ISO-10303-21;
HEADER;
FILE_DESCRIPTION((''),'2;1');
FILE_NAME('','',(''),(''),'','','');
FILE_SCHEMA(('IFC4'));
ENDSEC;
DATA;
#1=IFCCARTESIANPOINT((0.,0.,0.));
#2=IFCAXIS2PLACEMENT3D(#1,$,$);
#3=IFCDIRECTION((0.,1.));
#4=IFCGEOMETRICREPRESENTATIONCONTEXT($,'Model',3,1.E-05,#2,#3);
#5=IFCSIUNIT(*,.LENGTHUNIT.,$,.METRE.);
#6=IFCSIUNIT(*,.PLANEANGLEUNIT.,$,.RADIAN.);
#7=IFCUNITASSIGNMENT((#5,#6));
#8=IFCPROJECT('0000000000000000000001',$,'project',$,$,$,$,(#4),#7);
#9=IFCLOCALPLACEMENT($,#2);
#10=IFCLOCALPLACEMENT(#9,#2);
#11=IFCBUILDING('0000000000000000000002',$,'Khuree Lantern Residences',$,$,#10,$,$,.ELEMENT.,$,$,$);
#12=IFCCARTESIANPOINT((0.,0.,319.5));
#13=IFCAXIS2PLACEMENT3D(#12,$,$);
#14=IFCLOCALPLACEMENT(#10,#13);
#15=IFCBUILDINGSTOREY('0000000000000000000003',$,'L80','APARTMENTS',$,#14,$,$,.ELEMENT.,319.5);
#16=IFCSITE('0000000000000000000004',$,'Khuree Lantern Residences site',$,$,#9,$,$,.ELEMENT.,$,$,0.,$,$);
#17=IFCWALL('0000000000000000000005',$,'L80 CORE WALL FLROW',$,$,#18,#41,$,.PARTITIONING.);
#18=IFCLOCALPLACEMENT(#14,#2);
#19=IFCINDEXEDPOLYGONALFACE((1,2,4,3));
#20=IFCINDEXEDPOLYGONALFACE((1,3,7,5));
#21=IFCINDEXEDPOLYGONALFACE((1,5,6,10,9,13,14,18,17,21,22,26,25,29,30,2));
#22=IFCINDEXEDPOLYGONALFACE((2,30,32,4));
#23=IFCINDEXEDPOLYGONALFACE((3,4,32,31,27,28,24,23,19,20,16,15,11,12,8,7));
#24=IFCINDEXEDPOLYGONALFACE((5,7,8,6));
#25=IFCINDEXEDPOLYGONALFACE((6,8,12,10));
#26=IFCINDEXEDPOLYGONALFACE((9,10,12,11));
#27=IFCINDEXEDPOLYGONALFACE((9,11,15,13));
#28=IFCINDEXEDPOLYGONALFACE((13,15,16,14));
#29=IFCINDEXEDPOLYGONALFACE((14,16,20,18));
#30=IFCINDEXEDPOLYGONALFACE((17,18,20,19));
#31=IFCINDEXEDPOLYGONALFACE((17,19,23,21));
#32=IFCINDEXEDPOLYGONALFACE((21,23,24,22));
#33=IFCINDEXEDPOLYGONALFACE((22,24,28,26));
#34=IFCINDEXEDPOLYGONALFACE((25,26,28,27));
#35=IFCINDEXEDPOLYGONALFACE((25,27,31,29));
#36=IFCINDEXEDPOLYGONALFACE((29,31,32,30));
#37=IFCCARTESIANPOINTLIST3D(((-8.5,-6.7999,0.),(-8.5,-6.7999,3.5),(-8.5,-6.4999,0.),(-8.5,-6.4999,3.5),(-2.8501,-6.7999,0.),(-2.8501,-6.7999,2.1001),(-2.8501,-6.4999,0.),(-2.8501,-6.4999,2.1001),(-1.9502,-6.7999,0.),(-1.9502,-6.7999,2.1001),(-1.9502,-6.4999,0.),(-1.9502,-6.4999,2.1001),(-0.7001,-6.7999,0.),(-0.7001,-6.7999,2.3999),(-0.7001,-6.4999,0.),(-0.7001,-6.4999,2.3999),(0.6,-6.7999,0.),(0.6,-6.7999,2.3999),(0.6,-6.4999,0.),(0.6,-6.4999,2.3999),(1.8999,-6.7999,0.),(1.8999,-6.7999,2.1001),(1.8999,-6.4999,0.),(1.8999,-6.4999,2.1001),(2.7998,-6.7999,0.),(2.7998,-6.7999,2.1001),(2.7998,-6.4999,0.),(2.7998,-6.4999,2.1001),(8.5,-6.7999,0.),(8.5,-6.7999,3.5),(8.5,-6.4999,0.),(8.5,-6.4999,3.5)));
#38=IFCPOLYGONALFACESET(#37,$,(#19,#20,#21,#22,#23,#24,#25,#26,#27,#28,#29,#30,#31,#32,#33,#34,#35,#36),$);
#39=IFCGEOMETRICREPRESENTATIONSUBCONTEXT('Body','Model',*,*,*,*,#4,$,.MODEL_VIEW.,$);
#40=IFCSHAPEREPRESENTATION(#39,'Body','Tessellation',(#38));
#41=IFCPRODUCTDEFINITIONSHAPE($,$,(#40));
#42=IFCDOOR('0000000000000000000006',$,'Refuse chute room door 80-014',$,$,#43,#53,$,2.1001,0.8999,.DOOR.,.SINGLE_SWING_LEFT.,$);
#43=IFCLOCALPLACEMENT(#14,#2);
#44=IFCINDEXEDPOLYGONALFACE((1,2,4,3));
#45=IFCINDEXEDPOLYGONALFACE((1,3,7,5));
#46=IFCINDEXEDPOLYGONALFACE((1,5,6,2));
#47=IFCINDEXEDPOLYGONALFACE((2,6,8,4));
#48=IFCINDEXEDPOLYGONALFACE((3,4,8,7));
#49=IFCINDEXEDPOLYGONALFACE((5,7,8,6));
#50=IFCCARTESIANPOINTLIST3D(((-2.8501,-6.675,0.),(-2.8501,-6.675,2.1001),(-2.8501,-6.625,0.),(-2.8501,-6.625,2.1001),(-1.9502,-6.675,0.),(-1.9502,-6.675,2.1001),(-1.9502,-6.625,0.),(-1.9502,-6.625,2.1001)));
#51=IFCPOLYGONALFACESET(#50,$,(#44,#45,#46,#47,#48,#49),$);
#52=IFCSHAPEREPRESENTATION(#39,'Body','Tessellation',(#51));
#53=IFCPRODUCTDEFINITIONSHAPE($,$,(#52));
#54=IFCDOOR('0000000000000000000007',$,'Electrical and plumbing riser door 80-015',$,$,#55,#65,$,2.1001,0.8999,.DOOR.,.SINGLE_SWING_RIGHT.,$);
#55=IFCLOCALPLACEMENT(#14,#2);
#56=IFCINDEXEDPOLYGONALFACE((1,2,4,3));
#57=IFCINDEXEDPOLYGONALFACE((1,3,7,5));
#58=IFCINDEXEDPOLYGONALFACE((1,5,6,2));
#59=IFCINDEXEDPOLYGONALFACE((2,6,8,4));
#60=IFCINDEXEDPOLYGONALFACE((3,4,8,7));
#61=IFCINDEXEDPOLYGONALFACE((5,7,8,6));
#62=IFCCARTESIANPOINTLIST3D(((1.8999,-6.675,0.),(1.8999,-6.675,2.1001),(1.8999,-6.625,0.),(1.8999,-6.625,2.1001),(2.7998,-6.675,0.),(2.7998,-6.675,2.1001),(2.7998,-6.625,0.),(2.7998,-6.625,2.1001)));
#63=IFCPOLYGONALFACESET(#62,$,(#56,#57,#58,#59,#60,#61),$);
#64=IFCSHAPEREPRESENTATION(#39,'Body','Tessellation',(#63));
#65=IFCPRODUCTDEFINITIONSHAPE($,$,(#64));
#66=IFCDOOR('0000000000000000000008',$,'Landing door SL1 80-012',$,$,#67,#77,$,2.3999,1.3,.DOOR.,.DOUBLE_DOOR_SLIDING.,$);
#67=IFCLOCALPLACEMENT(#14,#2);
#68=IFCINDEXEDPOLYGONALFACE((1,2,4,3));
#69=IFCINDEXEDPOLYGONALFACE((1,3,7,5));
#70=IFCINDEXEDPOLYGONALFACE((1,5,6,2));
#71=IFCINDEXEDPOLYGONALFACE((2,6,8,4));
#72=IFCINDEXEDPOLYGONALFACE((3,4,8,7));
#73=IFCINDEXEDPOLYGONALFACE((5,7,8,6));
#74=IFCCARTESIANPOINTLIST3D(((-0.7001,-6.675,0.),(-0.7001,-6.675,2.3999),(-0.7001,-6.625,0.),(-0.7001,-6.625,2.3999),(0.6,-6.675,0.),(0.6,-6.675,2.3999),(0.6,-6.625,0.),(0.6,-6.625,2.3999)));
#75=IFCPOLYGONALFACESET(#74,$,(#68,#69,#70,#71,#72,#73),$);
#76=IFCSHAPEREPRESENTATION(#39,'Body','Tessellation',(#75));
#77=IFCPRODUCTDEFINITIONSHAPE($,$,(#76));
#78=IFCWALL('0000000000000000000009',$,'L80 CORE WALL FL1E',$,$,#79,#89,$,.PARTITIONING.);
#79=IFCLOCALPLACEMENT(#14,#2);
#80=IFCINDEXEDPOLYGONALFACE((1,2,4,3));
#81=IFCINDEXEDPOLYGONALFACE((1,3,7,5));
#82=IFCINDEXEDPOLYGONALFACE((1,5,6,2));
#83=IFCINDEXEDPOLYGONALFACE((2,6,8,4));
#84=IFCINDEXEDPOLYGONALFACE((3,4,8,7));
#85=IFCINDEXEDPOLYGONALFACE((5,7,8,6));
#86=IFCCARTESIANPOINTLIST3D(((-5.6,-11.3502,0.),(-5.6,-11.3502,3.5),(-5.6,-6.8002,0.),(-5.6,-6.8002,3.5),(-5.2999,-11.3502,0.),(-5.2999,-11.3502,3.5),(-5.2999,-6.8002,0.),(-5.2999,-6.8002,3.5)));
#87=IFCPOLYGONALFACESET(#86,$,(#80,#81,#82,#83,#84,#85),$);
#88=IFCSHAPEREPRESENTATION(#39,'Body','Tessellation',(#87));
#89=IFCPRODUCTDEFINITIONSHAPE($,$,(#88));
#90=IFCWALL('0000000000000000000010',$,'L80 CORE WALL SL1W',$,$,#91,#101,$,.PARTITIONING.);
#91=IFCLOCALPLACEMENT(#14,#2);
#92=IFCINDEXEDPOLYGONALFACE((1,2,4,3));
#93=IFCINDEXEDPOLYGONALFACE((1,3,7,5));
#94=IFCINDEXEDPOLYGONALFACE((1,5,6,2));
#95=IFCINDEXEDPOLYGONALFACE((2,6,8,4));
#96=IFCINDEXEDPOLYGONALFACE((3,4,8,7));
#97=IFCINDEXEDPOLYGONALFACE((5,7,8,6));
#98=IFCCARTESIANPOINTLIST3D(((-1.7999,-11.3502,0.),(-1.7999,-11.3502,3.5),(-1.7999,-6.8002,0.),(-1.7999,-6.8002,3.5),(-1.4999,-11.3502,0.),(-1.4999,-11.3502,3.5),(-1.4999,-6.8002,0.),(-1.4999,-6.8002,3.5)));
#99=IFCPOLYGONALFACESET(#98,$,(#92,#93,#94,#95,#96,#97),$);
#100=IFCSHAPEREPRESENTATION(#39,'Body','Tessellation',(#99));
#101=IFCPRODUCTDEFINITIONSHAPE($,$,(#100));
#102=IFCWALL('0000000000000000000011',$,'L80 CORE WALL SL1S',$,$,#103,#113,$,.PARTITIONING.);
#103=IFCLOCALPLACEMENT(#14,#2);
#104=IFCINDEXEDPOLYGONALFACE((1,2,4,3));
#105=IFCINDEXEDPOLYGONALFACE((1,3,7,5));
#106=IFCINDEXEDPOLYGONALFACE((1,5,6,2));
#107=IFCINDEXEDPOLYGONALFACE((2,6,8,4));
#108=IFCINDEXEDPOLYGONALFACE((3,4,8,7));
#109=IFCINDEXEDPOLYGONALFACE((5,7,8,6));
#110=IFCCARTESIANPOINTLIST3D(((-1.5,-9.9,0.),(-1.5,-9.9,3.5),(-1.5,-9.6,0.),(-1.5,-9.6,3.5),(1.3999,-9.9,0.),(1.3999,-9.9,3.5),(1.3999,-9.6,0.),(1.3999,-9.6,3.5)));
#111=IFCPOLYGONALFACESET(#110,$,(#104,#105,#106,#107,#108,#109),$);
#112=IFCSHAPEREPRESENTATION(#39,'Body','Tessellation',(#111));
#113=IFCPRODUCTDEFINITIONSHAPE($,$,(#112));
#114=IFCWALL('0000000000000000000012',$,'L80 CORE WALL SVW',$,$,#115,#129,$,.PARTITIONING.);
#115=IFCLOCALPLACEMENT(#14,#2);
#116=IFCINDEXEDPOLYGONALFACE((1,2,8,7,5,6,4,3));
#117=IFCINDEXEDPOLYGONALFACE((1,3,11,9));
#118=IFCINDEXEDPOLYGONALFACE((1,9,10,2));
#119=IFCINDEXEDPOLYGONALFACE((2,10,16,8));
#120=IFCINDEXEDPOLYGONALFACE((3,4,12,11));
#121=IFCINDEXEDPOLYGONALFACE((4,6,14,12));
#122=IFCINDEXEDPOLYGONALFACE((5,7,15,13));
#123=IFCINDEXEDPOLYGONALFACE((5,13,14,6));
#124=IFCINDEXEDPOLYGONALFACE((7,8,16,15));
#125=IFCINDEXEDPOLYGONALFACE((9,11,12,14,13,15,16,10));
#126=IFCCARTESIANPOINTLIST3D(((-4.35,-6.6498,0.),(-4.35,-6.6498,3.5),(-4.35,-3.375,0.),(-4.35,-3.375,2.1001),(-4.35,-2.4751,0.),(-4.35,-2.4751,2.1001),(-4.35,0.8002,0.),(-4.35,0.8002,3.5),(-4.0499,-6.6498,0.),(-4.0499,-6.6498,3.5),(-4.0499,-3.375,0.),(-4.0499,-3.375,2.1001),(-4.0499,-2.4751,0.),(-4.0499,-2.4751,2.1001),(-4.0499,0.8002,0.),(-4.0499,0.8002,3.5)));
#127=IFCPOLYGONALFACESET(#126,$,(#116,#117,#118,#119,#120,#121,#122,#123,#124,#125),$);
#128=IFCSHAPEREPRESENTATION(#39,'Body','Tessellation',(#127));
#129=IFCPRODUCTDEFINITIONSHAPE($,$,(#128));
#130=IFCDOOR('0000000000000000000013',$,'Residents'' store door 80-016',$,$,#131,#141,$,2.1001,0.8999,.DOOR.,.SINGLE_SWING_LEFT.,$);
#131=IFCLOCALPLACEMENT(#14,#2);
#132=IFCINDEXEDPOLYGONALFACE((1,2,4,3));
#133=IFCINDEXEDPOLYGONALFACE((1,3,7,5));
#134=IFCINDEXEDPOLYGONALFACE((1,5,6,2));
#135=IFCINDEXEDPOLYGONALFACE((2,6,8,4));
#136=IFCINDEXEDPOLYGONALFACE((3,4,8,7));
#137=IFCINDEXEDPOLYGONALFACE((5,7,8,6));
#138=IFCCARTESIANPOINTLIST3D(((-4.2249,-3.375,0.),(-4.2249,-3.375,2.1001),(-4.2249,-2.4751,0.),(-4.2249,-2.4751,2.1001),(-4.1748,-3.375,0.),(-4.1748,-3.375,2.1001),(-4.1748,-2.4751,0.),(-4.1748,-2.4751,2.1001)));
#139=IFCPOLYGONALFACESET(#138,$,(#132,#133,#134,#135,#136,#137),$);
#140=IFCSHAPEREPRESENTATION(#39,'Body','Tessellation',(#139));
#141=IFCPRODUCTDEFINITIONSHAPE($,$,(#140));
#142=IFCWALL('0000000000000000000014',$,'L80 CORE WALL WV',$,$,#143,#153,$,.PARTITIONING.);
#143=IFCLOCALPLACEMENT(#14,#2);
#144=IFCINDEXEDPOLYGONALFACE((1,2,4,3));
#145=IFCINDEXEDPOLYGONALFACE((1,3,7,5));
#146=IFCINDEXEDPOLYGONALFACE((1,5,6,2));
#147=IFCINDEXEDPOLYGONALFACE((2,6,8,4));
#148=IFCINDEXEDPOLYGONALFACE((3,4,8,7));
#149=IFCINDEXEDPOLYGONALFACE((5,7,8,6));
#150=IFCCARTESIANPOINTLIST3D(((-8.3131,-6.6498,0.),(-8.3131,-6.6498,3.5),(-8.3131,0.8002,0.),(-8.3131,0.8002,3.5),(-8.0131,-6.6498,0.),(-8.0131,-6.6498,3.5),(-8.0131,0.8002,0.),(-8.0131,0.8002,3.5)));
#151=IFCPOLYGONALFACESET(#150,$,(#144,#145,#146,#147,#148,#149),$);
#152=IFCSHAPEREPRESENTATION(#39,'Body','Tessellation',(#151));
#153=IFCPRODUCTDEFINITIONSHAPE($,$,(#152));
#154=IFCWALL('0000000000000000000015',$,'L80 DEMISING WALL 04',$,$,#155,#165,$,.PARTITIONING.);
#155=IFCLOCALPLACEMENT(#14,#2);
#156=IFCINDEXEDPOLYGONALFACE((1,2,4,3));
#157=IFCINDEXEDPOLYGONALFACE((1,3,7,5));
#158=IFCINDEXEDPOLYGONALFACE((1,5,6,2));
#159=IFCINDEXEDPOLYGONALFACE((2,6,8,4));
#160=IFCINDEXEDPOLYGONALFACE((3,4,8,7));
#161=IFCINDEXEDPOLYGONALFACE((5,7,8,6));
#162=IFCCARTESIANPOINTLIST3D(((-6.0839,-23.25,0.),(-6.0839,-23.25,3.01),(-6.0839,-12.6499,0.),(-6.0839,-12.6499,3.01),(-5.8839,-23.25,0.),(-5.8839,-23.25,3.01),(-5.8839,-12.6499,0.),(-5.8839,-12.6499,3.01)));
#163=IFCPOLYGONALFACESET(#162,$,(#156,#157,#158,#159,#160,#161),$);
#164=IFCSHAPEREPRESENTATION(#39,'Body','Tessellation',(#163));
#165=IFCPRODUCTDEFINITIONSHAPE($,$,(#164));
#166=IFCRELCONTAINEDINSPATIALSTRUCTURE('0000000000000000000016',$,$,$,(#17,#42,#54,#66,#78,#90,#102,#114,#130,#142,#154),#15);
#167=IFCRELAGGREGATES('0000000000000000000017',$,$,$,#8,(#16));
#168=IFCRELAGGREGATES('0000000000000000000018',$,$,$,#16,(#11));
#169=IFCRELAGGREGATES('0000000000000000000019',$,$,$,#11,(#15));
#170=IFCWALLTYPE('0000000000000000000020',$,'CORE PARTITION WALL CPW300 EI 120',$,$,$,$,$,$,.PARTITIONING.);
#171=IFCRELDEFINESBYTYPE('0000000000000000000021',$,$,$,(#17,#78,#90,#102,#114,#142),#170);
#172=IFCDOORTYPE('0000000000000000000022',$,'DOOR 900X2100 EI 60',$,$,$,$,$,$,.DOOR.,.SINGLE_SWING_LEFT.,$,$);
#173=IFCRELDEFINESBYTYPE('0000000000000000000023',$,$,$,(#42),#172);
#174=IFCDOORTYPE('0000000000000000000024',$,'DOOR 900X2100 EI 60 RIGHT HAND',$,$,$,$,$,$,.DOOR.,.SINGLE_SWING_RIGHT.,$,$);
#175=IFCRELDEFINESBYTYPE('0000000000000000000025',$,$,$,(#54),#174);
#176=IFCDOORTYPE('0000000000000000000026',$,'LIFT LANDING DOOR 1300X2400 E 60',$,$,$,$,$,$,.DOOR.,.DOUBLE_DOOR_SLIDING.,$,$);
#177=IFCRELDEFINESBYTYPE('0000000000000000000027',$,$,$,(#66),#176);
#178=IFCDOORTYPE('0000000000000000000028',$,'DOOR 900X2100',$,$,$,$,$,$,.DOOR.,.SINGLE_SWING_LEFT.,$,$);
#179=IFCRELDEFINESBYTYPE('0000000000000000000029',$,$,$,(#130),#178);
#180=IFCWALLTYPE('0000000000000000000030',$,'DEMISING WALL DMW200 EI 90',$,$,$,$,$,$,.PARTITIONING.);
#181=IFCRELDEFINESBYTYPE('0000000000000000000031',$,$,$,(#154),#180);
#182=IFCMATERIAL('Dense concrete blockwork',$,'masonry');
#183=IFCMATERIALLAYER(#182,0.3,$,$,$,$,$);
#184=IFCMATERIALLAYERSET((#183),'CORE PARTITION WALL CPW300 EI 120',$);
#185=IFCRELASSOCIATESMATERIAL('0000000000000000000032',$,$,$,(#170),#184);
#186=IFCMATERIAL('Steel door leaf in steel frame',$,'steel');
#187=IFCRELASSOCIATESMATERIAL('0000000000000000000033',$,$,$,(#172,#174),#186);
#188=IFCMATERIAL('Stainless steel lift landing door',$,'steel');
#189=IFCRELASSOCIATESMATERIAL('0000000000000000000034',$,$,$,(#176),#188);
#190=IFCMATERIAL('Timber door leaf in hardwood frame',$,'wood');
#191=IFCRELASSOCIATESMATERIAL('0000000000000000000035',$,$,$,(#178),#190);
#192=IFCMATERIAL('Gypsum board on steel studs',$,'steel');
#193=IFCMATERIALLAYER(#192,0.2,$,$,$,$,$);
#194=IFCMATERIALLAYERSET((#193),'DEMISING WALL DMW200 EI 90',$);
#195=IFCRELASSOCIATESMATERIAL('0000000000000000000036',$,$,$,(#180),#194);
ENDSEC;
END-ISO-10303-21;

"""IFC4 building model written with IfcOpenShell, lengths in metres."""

from ifc_helpers import new_model, si_unit, direction, frame, frame_2d, origin, place, context, subcontext, project, spatial, rectangle, extrude, material, layer, layer_set, type_object, element, fill, save


model = new_model("IFC4")

# Units and contexts
model_context = context("Model", 3, precision=1e-05, world=origin(), true_north=direction((0.0, 1.0)))
body_context = subcontext(model_context, "Body", "Model", "MODEL_VIEW")
ifc_project = project(units=[si_unit("LENGTHUNIT", "METRE"), si_unit("PLANEANGLEUNIT", "RADIAN")], contexts=[model_context])

# Site, building, storey
site_placement = place(None, origin())
site = spatial("IfcSite", under=ifc_project, at=site_placement, Name="Khuree Lantern Residences site", CompositionType="ELEMENT", RefElevation=0.0)
building_placement = place(site_placement, origin())
building = spatial("IfcBuilding", under=site, at=building_placement, Name="Khuree Lantern Residences", CompositionType="ELEMENT")
storey_placement = place(building_placement, frame((0.0, 0.0, 319.5)))
storey = spatial("IfcBuildingStorey", under=building, at=storey_placement, Name="L80", Description="APARTMENTS", CompositionType="ELEMENT", Elevation=319.5)

# Shared definitions
ifc_material_1 = material(Name="Timber door leaf in hardwood frame", Category="wood")

# Wall, openings, doors
ifc_material_2 = material(Name="Dense concrete blockwork", Category="masonry")
ifc_layer_1 = layer(ifc_material_2, 0.3)
ifc_layer_set_1 = layer_set([ifc_layer_1], Name="CORE PARTITION WALL CPW300 EI 120")
wall_type_1 = type_object("IfcWallType", Name="CORE PARTITION WALL CPW300 EI 120", PredefinedType="PARTITIONING", material=ifc_layer_set_1)
wall_1_placement = place(storey_placement, frame((-8.5, -6.6499, 0.0), z_axis=(0.0, 0.0, 1.0), x_axis=(1.0, 0.0, 0.0)))
wall_1 = element("IfcWall", 1, at=wall_1_placement, inside=storey, type_object=wall_type_1, Name="L80 CORE WALL FLROW", PredefinedType="PARTITIONING", context=body_context, shape_type="SweptSolid", body=[
    extrude(rectangle(XDim=17.0, YDim=0.3, at=frame_2d((8.5, 0.0))), origin(), (0.0, 0.0, 1.0), 3.5),
])
opening_1_placement = place(wall_1_placement, frame((7.8, 0.0, 0.0)))
opening_1 = element("IfcOpeningElement", 2, at=opening_1_placement, cuts=wall_1, PredefinedType="OPENING", context=body_context, shape_type="SweptSolid", body=[
    extrude(rectangle(XDim=1.3, YDim=2.3999, at=frame_2d((0.6499, 1.2))), frame((0.0, 0.1602, 0.0), z_axis=(0.0, -1.0, 0.0), x_axis=(1.0, 0.0, 0.0)), (0.0, 0.0, 1.0), 0.3201),
])
opening_2_placement = place(wall_1_placement, frame((5.6499, 0.0, 0.0)))
opening_2 = element("IfcOpeningElement", 3, at=opening_2_placement, cuts=wall_1, PredefinedType="OPENING", context=body_context, shape_type="SweptSolid", body=[
    extrude(rectangle(XDim=0.8999, YDim=2.1001, at=frame_2d((0.45, 1.05))), frame((0.0, 0.1602, 0.0), z_axis=(0.0, -1.0, 0.0), x_axis=(1.0, 0.0, 0.0)), (0.0, 0.0, 1.0), 0.3201),
])
opening_3_placement = place(wall_1_placement, frame((10.3999, 0.0, 0.0)))
opening_3 = element("IfcOpeningElement", 4, at=opening_3_placement, cuts=wall_1, PredefinedType="OPENING", context=body_context, shape_type="SweptSolid", body=[
    extrude(rectangle(XDim=0.8999, YDim=2.1001, at=frame_2d((0.45, 1.05))), frame((0.0, 0.1602, 0.0), z_axis=(0.0, -1.0, 0.0), x_axis=(1.0, 0.0, 0.0)), (0.0, 0.0, 1.0), 0.3201),
])
ifc_material_3 = material(Name="Steel door leaf in steel frame", Category="steel")
door_type_1 = type_object("IfcDoorType", Name="DOOR 900X2100 EI 60", OperationType="SINGLE_SWING_LEFT", PredefinedType="DOOR", material=ifc_material_3)
door_1_placement = place(opening_2_placement, origin())
door_1 = element("IfcDoor", 5, at=door_1_placement, inside=storey, type_object=door_type_1, Name="Refuse chute room door 80-014", OperationType="SINGLE_SWING_LEFT", OverallHeight=2.1001, OverallWidth=0.8999, PredefinedType="DOOR", context=body_context, shape_type="SweptSolid", body=[
    extrude(rectangle(XDim=0.8999, YDim=2.1001, at=frame_2d((0.45, 1.05))), frame((0.0, 0.0249, 0.0), z_axis=(0.0, -1.0, 0.0), x_axis=(1.0, 0.0, 0.0)), (0.0, 0.0, 1.0), 0.05),
])
fill(opening_2, door_1)
door_type_2 = type_object("IfcDoorType", Name="DOOR 900X2100 EI 60 RIGHT HAND", OperationType="SINGLE_SWING_RIGHT", PredefinedType="DOOR", material=ifc_material_3)
door_2_placement = place(opening_3_placement, origin())
door_2 = element("IfcDoor", 6, at=door_2_placement, inside=storey, type_object=door_type_2, Name="Electrical and plumbing riser door 80-015", OperationType="SINGLE_SWING_RIGHT", OverallHeight=2.1001, OverallWidth=0.8999, PredefinedType="DOOR", context=body_context, shape_type="SweptSolid", body=[
    extrude(rectangle(XDim=0.8999, YDim=2.1001, at=frame_2d((0.45, 1.05))), frame((0.0, 0.0249, 0.0), z_axis=(0.0, -1.0, 0.0), x_axis=(1.0, 0.0, 0.0)), (0.0, 0.0, 1.0), 0.05),
])
fill(opening_3, door_2)
ifc_material_4 = material(Name="Stainless steel lift landing door", Category="steel")
door_type_3 = type_object("IfcDoorType", Name="LIFT LANDING DOOR 1300X2400 E 60", OperationType="DOUBLE_DOOR_SLIDING", PredefinedType="DOOR", material=ifc_material_4)
door_3_placement = place(opening_1_placement, origin())
door_3 = element("IfcDoor", 7, at=door_3_placement, inside=storey, type_object=door_type_3, Name="Landing door SL1 80-012", OperationType="DOUBLE_DOOR_SLIDING", OverallHeight=2.3999, OverallWidth=1.3, PredefinedType="DOOR", context=body_context, shape_type="SweptSolid", body=[
    extrude(rectangle(XDim=1.3, YDim=2.3999, at=frame_2d((0.6499, 1.2))), frame((0.0, 0.0249, 0.0), z_axis=(0.0, -1.0, 0.0), x_axis=(1.0, 0.0, 0.0)), (0.0, 0.0, 1.0), 0.05),
])
fill(opening_1, door_3)

# Walls
for number, where, z_axis, x_axis, name in (
    (8, (-5.45, -11.3501, 0.0), (0.0, 0.0, 1.0), (0.0, 1.0, 0.0), "L80 CORE WALL FL1E"),
    (9, (-1.6499, -11.3501, 0.0), (0.0, 0.0, 1.0), (0.0, 1.0, 0.0), "L80 CORE WALL SL1W"),
):
    element("IfcWall", number, at=place(storey_placement, frame(where, z_axis=z_axis, x_axis=x_axis)), inside=storey, type_object=wall_type_1, Name=name, PredefinedType="PARTITIONING", context=body_context, shape_type="SweptSolid", body=[
        extrude(rectangle(XDim=4.55, YDim=0.3, at=frame_2d((2.2749, 0.0))), origin(), (0.0, 0.0, 1.0), 3.5),
    ])
wall_2_placement = place(storey_placement, frame((-1.5, -9.75, 0.0), z_axis=(0.0, 0.0, 1.0), x_axis=(1.0, 0.0, 0.0)))
element("IfcWall", 10, at=wall_2_placement, inside=storey, type_object=wall_type_1, Name="L80 CORE WALL SL1S", PredefinedType="PARTITIONING", context=body_context, shape_type="SweptSolid", body=[
    extrude(rectangle(XDim=2.8999, YDim=0.3, at=frame_2d((1.45, 0.0))), origin(), (0.0, 0.0, 1.0), 3.5),
])

# Wall, opening, door
wall_3_placement = place(storey_placement, frame((-4.2, -6.6499, 0.0), z_axis=(0.0, 0.0, 1.0), x_axis=(0.0, 1.0, 0.0)))
wall_3 = element("IfcWall", 11, at=wall_3_placement, inside=storey, type_object=wall_type_1, Name="L80 CORE WALL SVW", PredefinedType="PARTITIONING", context=body_context, shape_type="SweptSolid", body=[
    extrude(rectangle(XDim=7.45, YDim=0.3, at=frame_2d((3.7251, 0.0))), origin(), (0.0, 0.0, 1.0), 3.5),
])
opening_4_placement = place(wall_3_placement, frame((3.2749, 0.0, 0.0)))
opening_4 = element("IfcOpeningElement", 12, at=opening_4_placement, cuts=wall_3, PredefinedType="OPENING", context=body_context, shape_type="SweptSolid", body=[
    extrude(rectangle(XDim=0.8999, YDim=2.1001, at=frame_2d((0.45, 1.05))), frame((0.0, 0.1602, 0.0), z_axis=(0.0, -1.0, 0.0), x_axis=(1.0, 0.0, 0.0)), (0.0, 0.0, 1.0), 0.3201),
])
door_type_4 = type_object("IfcDoorType", Name="DOOR 900X2100", OperationType="SINGLE_SWING_LEFT", PredefinedType="DOOR", material=ifc_material_1)
door_4_placement = place(opening_4_placement, origin())
door_4 = element("IfcDoor", 13, at=door_4_placement, inside=storey, type_object=door_type_4, Name="Residents' store door 80-016", OperationType="SINGLE_SWING_LEFT", OverallHeight=2.1001, OverallWidth=0.8999, PredefinedType="DOOR", context=body_context, shape_type="SweptSolid", body=[
    extrude(rectangle(XDim=0.8999, YDim=2.1001, at=frame_2d((0.45, 1.05))), frame((0.0, 0.0249, 0.0), z_axis=(0.0, -1.0, 0.0), x_axis=(1.0, 0.0, 0.0)), (0.0, 0.0, 1.0), 0.05),
])
fill(opening_4, door_4)

# Walls
wall_4_placement = place(storey_placement, frame((-8.1631, -6.6499, 0.0), z_axis=(0.0, 0.0, 1.0), x_axis=(0.0, 1.0, 0.0)))
element("IfcWall", 14, at=wall_4_placement, inside=storey, type_object=wall_type_1, Name="L80 CORE WALL WV", PredefinedType="PARTITIONING", context=body_context, shape_type="SweptSolid", body=[
    extrude(rectangle(XDim=7.45, YDim=0.3, at=frame_2d((3.7251, 0.0))), origin(), (0.0, 0.0, 1.0), 3.5),
])
ifc_material_5 = material(Name="Gypsum board on steel studs", Category="steel")
ifc_layer_2 = layer(ifc_material_5, 0.2)
ifc_layer_set_2 = layer_set([ifc_layer_2], Name="DEMISING WALL DMW200 EI 90")
wall_type_2 = type_object("IfcWallType", Name="DEMISING WALL DMW200 EI 90", PredefinedType="PARTITIONING", material=ifc_layer_set_2)
wall_5_placement = place(storey_placement, frame((-5.9839, -12.6499, 0.0), z_axis=(0.0, 0.0, 1.0), x_axis=(0.0, -1.0, 0.0)))
element("IfcWall", 15, at=wall_5_placement, inside=storey, type_object=wall_type_2, Name="L80 DEMISING WALL 04", PredefinedType="PARTITIONING", context=body_context, shape_type="SweptSolid", body=[
    extrude(rectangle(XDim=10.6001, YDim=0.2, at=frame_2d((5.3, 0.0))), origin(), (0.0, 0.0, 1.0), 3.01),
])

save(model, "model.ifc")
